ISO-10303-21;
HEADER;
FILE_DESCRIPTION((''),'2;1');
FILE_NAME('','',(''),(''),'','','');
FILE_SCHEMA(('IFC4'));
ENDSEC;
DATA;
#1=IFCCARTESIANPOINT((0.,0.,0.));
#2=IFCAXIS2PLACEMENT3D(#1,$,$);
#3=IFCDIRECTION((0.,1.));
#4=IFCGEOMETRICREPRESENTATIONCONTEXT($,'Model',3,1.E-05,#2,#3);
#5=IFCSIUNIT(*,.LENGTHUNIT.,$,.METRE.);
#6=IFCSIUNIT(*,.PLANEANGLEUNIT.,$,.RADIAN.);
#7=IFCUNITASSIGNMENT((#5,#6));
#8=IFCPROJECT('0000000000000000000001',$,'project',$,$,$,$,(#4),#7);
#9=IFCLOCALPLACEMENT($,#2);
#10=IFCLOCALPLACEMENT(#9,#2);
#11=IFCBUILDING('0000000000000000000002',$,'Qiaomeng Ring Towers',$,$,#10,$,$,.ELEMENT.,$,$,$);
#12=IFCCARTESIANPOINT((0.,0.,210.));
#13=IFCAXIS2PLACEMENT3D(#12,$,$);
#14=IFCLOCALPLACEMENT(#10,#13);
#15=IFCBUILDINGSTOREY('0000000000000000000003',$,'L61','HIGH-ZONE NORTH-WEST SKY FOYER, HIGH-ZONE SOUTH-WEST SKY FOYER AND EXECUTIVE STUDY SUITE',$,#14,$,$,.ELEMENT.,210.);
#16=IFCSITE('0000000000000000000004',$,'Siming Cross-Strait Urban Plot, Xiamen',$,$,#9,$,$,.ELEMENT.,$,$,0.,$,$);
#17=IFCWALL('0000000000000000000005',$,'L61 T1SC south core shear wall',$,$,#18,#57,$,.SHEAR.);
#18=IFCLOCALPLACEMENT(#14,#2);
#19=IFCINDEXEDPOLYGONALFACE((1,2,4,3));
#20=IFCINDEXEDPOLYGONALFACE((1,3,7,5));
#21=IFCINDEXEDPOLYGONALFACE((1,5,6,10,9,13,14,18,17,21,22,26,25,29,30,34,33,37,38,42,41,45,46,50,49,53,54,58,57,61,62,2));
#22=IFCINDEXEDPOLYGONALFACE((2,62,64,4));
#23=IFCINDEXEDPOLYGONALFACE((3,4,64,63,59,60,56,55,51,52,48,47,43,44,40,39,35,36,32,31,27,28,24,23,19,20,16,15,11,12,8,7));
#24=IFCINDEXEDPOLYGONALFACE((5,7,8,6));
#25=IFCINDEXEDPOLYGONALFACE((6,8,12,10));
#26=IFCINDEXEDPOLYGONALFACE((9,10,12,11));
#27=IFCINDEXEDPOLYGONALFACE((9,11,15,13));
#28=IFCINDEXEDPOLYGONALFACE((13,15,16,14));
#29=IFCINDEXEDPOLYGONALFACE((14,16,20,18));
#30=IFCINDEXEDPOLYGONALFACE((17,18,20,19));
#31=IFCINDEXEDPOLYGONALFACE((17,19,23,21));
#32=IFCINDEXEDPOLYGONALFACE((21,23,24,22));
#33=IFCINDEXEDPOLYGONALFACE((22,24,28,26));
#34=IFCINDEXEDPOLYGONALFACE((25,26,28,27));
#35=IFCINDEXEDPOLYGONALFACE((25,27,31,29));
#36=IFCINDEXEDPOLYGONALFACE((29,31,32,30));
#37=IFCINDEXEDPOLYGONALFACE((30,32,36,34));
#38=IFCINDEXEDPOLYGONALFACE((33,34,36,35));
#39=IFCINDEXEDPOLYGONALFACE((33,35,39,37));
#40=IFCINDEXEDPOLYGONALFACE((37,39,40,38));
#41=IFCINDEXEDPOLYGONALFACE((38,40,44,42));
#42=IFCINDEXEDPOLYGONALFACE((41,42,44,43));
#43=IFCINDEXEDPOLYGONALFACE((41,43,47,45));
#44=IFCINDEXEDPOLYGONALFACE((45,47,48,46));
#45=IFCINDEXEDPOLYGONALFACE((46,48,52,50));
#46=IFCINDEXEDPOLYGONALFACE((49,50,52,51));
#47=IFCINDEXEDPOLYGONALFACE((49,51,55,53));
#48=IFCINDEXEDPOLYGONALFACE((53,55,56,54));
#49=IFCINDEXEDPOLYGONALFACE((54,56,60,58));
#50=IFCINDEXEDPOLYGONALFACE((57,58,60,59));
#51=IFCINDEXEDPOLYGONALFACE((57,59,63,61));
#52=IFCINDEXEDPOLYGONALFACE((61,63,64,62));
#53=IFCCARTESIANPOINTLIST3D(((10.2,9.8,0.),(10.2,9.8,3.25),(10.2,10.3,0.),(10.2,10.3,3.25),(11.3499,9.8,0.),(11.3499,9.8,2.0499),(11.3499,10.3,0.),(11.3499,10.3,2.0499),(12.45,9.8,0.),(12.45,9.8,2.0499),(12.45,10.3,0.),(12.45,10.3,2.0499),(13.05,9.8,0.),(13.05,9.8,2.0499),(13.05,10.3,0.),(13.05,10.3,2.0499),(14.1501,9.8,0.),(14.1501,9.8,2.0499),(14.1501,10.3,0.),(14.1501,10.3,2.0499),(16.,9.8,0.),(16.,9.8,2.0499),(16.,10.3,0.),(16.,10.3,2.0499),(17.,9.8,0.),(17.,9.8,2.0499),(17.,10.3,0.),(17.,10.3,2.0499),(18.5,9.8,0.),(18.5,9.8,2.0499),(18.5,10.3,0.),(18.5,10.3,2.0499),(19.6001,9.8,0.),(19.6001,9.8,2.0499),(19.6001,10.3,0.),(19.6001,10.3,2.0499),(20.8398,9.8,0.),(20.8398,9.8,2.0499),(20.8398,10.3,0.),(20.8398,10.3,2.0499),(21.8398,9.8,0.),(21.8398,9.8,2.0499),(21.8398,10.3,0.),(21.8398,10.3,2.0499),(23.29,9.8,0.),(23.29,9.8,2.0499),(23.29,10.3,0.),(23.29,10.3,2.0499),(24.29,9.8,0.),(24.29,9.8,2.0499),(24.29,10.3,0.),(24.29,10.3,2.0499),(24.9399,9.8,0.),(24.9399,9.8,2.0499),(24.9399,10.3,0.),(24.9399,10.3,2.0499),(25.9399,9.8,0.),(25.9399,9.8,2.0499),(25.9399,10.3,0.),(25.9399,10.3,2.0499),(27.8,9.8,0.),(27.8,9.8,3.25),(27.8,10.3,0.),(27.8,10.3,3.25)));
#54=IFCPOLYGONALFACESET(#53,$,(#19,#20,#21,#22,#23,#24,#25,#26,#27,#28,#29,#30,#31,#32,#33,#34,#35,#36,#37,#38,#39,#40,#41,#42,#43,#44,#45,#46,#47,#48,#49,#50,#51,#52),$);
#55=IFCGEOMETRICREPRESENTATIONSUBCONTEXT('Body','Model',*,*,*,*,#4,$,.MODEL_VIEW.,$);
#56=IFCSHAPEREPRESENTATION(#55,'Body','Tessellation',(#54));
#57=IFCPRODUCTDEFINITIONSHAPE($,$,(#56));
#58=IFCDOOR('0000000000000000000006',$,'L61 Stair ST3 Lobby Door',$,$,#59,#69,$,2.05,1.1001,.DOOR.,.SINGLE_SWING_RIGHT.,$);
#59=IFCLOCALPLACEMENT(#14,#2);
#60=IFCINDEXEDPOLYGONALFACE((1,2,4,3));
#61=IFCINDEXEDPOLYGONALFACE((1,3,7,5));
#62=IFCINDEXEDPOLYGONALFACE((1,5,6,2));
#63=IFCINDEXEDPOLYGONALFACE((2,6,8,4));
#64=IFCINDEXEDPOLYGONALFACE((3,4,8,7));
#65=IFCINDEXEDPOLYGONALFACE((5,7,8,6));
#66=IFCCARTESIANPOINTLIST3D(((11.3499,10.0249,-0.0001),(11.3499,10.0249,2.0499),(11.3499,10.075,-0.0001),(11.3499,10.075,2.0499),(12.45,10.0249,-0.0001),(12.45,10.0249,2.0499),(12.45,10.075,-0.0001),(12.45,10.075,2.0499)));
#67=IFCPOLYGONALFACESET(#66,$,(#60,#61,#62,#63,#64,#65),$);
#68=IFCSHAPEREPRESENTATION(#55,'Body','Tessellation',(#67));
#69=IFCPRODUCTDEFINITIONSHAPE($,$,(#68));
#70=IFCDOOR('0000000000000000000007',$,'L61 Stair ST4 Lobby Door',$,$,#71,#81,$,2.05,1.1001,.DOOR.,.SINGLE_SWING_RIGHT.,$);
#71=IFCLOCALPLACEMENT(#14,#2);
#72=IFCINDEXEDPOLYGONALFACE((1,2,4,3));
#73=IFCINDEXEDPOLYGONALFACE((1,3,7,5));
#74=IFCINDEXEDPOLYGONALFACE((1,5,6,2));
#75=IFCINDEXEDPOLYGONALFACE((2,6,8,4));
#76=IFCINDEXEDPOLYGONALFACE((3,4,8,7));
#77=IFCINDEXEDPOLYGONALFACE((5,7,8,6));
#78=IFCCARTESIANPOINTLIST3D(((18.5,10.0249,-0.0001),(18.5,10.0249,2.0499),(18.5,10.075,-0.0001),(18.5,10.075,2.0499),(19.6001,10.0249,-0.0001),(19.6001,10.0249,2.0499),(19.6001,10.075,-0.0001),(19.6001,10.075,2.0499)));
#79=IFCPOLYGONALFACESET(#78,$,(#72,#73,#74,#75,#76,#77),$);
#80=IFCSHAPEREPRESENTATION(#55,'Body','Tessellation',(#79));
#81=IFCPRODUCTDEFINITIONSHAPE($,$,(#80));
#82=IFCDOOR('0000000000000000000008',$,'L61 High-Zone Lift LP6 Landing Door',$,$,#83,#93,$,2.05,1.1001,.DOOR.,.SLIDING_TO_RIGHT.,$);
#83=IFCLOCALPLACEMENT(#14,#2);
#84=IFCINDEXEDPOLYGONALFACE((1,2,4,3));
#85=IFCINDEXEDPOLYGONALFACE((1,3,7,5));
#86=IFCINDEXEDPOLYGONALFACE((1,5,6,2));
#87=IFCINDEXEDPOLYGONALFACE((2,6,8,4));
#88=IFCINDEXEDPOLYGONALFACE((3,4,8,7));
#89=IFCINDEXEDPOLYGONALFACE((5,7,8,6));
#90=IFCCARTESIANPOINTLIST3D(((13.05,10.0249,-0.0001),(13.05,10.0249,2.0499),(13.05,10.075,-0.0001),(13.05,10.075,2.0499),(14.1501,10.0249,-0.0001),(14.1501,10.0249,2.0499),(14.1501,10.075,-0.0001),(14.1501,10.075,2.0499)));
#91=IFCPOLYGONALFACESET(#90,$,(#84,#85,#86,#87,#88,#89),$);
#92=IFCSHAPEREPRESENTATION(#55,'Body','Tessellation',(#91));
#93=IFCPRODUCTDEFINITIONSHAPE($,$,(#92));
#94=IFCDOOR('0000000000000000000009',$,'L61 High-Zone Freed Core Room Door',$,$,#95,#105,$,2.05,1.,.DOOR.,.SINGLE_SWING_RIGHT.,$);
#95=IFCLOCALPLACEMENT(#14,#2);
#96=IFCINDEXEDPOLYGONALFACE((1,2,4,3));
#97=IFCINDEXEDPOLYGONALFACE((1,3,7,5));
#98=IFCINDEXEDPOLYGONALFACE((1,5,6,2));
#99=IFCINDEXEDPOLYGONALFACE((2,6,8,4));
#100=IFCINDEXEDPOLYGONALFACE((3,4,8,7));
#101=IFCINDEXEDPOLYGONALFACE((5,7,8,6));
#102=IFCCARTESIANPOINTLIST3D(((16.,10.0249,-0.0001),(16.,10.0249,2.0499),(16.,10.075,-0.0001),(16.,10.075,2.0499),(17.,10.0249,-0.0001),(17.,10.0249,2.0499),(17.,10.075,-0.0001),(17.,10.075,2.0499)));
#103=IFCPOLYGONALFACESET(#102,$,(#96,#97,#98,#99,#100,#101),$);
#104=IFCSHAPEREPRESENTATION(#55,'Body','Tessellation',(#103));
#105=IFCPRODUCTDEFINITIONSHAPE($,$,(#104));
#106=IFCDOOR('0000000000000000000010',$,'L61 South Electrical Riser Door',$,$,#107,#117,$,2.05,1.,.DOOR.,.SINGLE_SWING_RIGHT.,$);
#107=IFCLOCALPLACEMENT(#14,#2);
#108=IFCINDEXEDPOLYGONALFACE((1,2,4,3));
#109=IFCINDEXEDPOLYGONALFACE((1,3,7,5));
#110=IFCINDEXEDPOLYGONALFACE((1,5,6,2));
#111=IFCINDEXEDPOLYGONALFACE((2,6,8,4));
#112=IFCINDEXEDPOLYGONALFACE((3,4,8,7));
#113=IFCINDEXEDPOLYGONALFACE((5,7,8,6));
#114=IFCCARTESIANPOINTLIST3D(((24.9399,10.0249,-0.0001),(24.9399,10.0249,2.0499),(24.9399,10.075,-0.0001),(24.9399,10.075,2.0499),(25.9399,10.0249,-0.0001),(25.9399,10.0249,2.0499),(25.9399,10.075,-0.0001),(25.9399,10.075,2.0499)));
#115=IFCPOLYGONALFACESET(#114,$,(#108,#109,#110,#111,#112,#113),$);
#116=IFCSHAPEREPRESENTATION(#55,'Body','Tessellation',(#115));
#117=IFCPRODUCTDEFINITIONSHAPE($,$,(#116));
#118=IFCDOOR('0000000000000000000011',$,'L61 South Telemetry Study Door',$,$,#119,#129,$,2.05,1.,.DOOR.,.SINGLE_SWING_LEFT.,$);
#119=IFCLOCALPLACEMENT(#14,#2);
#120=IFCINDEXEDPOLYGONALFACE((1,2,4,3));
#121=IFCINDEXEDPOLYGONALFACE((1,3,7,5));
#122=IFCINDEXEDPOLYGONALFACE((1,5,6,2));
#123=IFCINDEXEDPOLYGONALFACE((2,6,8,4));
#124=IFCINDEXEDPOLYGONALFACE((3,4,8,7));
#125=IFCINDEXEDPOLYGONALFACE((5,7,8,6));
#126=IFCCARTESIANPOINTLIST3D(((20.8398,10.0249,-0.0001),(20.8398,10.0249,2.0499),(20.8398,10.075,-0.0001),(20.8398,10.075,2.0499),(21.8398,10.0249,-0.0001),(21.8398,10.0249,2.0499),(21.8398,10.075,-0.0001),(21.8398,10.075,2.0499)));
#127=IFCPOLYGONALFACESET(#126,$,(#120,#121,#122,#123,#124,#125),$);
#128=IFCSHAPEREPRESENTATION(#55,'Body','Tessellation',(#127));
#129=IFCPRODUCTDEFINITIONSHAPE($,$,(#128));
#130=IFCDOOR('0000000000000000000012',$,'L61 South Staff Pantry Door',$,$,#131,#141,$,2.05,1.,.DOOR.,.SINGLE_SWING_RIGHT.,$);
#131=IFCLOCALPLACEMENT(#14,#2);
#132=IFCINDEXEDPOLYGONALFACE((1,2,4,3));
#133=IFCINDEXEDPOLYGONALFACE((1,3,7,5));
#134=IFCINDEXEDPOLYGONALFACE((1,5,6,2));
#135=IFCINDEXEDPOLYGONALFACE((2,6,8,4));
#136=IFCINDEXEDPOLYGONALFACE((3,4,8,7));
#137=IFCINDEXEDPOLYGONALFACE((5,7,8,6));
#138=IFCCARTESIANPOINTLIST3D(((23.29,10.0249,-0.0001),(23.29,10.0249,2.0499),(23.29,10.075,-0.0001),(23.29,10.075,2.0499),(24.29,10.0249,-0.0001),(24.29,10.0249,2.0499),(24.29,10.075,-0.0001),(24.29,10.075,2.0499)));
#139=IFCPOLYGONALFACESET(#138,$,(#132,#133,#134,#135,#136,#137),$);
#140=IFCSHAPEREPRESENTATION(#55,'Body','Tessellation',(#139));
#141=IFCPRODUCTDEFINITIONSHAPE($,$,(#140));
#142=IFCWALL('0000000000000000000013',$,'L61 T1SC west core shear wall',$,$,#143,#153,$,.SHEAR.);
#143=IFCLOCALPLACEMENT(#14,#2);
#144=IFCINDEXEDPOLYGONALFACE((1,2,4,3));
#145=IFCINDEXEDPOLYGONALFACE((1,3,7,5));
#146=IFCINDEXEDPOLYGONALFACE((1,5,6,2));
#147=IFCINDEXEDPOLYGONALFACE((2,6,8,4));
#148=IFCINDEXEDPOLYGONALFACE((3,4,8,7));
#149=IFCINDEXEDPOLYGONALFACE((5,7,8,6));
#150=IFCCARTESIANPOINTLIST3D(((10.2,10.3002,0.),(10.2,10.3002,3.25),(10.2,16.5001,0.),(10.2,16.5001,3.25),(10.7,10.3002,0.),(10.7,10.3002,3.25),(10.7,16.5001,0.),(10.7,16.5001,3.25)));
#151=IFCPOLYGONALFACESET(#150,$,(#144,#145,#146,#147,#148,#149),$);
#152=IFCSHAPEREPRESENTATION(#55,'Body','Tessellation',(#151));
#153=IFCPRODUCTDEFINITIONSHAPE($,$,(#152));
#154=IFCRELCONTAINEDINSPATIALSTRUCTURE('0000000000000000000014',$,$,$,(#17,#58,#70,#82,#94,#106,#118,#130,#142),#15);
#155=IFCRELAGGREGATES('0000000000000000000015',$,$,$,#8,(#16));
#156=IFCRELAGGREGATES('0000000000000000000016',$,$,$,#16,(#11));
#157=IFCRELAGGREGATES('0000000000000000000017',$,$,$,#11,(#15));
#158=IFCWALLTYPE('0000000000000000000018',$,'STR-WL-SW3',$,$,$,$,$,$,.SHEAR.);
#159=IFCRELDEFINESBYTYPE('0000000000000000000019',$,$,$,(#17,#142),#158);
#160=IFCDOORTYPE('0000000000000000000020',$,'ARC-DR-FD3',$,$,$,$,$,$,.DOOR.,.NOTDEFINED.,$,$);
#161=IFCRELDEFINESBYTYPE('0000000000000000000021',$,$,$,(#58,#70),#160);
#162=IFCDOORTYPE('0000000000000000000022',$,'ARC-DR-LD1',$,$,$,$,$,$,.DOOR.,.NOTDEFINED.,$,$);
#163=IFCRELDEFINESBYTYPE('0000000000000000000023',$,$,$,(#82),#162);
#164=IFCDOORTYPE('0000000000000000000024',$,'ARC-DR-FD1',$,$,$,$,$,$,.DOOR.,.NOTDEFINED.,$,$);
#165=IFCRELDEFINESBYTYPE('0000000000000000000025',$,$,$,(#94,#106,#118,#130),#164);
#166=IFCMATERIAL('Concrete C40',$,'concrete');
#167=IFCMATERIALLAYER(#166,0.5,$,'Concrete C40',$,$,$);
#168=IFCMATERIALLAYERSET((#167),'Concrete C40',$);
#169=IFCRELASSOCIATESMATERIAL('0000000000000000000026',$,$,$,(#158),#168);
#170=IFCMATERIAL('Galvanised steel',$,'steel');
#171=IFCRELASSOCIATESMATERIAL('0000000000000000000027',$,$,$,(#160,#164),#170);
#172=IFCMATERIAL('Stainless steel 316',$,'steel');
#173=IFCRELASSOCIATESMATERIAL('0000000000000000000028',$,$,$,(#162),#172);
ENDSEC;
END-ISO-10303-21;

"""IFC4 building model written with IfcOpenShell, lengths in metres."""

from ifc_helpers import new_model, si_unit, direction, frame, frame_2d, origin, place, context, subcontext, project, spatial, rectangle, extrude, source, transform, mapped, material, layer, layer_set, type_object, element, fill, save


model = new_model("IFC4")

# Units and contexts
model_context = context("Model", 3, precision=1e-05, world=origin(), true_north=direction((0.0, 1.0)))
body_context = subcontext(model_context, "Body", "Model", "MODEL_VIEW")
ifc_project = project(units=[si_unit("LENGTHUNIT", "METRE"), si_unit("PLANEANGLEUNIT", "RADIAN")], contexts=[model_context])

# Site, building, storey
site_placement = place(None, origin())
site = spatial("IfcSite", under=ifc_project, at=site_placement, Name="Siming Cross-Strait Urban Plot, Xiamen", CompositionType="ELEMENT", RefElevation=0.0)
building_placement = place(site_placement, origin())
building = spatial("IfcBuilding", under=site, at=building_placement, Name="Qiaomeng Ring Towers", CompositionType="ELEMENT")
storey_placement = place(building_placement, frame((0.0, 0.0, 210.0)))
storey = spatial("IfcBuildingStorey", under=building, at=storey_placement, Name="L61", Description="HIGH-ZONE NORTH-WEST SKY FOYER, HIGH-ZONE SOUTH-WEST SKY FOYER AND EXECUTIVE STUDY SUITE", CompositionType="ELEMENT", Elevation=210.0)

# Shared definitions
shared_shape_1 = source(origin(), body_context, "Body", "SweptSolid", [
    extrude(rectangle(XDim=1.0, YDim=2.05, at=frame_2d((0.5, 1.0249))), frame((0.0, 0.0249, 0.0), z_axis=(0.0, -1.0, 0.0), x_axis=(1.0, 0.0, 0.0)), (0.0, 0.0, 1.0), 0.05),
])

# Shared definitions
ifc_material_1 = material(Name="Concrete C40", Category="concrete")

# Wall, openings, doors
ifc_layer_1 = layer(ifc_material_1, 0.5, Name="Concrete C40")
ifc_layer_set_1 = layer_set([ifc_layer_1], Name="Concrete C40")
wall_type_1 = type_object("IfcWallType", Name="STR-WL-SW3", PredefinedType="SHEAR", material=ifc_layer_set_1)
wall_1_placement = place(storey_placement, frame((10.2, 10.05, 0.0), z_axis=(0.0, 0.0, 1.0), x_axis=(1.0, 0.0, 0.0)))
wall_1 = element("IfcWall", 1, at=wall_1_placement, inside=storey, type_object=wall_type_1, Name="L61 T1SC south core shear wall", PredefinedType="SHEAR", context=body_context, shape_type="SweptSolid", body=[
    extrude(rectangle(XDim=17.6001, YDim=0.5, at=frame_2d((8.8, 0.0))), origin(), (0.0, 0.0, 1.0), 3.25),
])
opening_1_placement = place(wall_1_placement, frame((1.1499, 0.0, 0.0)))
opening_1 = element("IfcOpeningElement", 2, at=opening_1_placement, cuts=wall_1, PredefinedType="OPENING", context=body_context, shape_type="SweptSolid", body=[
    extrude(rectangle(XDim=1.1001, YDim=2.05, at=frame_2d((0.55, 1.0249))), frame((0.0, 0.26, 0.0), z_axis=(0.0, -1.0, 0.0), x_axis=(1.0, 0.0, 0.0)), (0.0, 0.0, 1.0), 0.52),
])
opening_2_placement = place(wall_1_placement, frame((8.3, 0.0, 0.0)))
opening_2 = element("IfcOpeningElement", 3, at=opening_2_placement, cuts=wall_1, PredefinedType="OPENING", context=body_context, shape_type="SweptSolid", body=[
    extrude(rectangle(XDim=1.1001, YDim=2.05, at=frame_2d((0.55, 1.0249))), frame((0.0, 0.26, 0.0), z_axis=(0.0, -1.0, 0.0), x_axis=(1.0, 0.0, 0.0)), (0.0, 0.0, 1.0), 0.52),
])
opening_3_placement = place(wall_1_placement, frame((2.8501, 0.0, 0.0)))
opening_3 = element("IfcOpeningElement", 4, at=opening_3_placement, cuts=wall_1, PredefinedType="OPENING", context=body_context, shape_type="SweptSolid", body=[
    extrude(rectangle(XDim=1.1001, YDim=2.05, at=frame_2d((0.55, 1.0249))), frame((0.0, 0.26, 0.0), z_axis=(0.0, -1.0, 0.0), x_axis=(1.0, 0.0, 0.0)), (0.0, 0.0, 1.0), 0.52),
])
opening_4_placement = place(wall_1_placement, frame((5.8, 0.0, 0.0)))
opening_4 = element("IfcOpeningElement", 5, at=opening_4_placement, cuts=wall_1, PredefinedType="OPENING", context=body_context, shape_type="SweptSolid", body=[
    extrude(rectangle(XDim=1.0, YDim=2.05, at=frame_2d((0.5, 1.0249))), frame((0.0, 0.26, 0.0), z_axis=(0.0, -1.0, 0.0), x_axis=(1.0, 0.0, 0.0)), (0.0, 0.0, 1.0), 0.52),
])
opening_5_placement = place(wall_1_placement, frame((14.74, 0.0, 0.0)))
opening_5 = element("IfcOpeningElement", 6, at=opening_5_placement, cuts=wall_1, PredefinedType="OPENING", context=body_context, shape_type="SweptSolid", body=[
    extrude(rectangle(XDim=1.0, YDim=2.05, at=frame_2d((0.5, 1.0249))), frame((0.0, 0.26, 0.0), z_axis=(0.0, -1.0, 0.0), x_axis=(1.0, 0.0, 0.0)), (0.0, 0.0, 1.0), 0.52),
])
opening_6_placement = place(wall_1_placement, frame((10.6399, 0.0, 0.0)))
opening_6 = element("IfcOpeningElement", 7, at=opening_6_placement, cuts=wall_1, PredefinedType="OPENING", context=body_context, shape_type="SweptSolid", body=[
    extrude(rectangle(XDim=1.0, YDim=2.05, at=frame_2d((0.5, 1.0249))), frame((0.0, 0.26, 0.0), z_axis=(0.0, -1.0, 0.0), x_axis=(1.0, 0.0, 0.0)), (0.0, 0.0, 1.0), 0.52),
])
opening_7_placement = place(wall_1_placement, frame((13.0901, 0.0, 0.0)))
opening_7 = element("IfcOpeningElement", 8, at=opening_7_placement, cuts=wall_1, PredefinedType="OPENING", context=body_context, shape_type="SweptSolid", body=[
    extrude(rectangle(XDim=1.0, YDim=2.05, at=frame_2d((0.5, 1.0249))), frame((0.0, 0.26, 0.0), z_axis=(0.0, -1.0, 0.0), x_axis=(1.0, 0.0, 0.0)), (0.0, 0.0, 1.0), 0.52),
])
ifc_material_2 = material(Name="Galvanised steel", Category="steel")
door_type_1 = type_object("IfcDoorType", Name="ARC-DR-FD3", OperationType="NOTDEFINED", PredefinedType="DOOR", material=ifc_material_2)
shared_shape_2 = source(origin(), body_context, "Body", "SweptSolid", [
    extrude(rectangle(XDim=1.1001, YDim=2.05, at=frame_2d((0.55, 1.0249))), frame((0.0, 0.0249, 0.0), z_axis=(0.0, -1.0, 0.0), x_axis=(1.0, 0.0, 0.0)), (0.0, 0.0, 1.0), 0.05),
])
door_1_placement = place(opening_1_placement, origin())
door_1 = element("IfcDoor", 9, at=door_1_placement, inside=storey, type_object=door_type_1, Name="L61 Stair ST3 Lobby Door", OperationType="SINGLE_SWING_RIGHT", OverallHeight=2.05, OverallWidth=1.1001, PredefinedType="DOOR", context=body_context, shape_type="MappedRepresentation", body=[
    mapped(shared_shape_2, transform((0.0, 0.0, 0.0), x_axis=(1.0, 0.0, 0.0), y_axis=(0.0, 1.0, 0.0), z_axis=(0.0, 0.0, 1.0), scale=1.0)),
])
fill(opening_1, door_1)
door_2_placement = place(opening_2_placement, origin())
door_2 = element("IfcDoor", 10, at=door_2_placement, inside=storey, type_object=door_type_1, Name="L61 Stair ST4 Lobby Door", OperationType="SINGLE_SWING_RIGHT", OverallHeight=2.05, OverallWidth=1.1001, PredefinedType="DOOR", context=body_context, shape_type="MappedRepresentation", body=[
    mapped(shared_shape_2, transform((0.0, 0.0, 0.0), x_axis=(1.0, 0.0, 0.0), y_axis=(0.0, 1.0, 0.0), z_axis=(0.0, 0.0, 1.0), scale=1.0)),
])
fill(opening_2, door_2)
ifc_material_3 = material(Name="Stainless steel 316", Category="steel")
door_type_2 = type_object("IfcDoorType", Name="ARC-DR-LD1", OperationType="NOTDEFINED", PredefinedType="DOOR", material=ifc_material_3)
door_3_placement = place(opening_3_placement, origin())
door_3 = element("IfcDoor", 11, at=door_3_placement, inside=storey, type_object=door_type_2, Name="L61 High-Zone Lift LP6 Landing Door", OperationType="SLIDING_TO_RIGHT", OverallHeight=2.05, OverallWidth=1.1001, PredefinedType="DOOR", context=body_context, shape_type="MappedRepresentation", body=[
    mapped(shared_shape_2, transform((0.0, 0.0, 0.0), x_axis=(1.0, 0.0, 0.0), y_axis=(0.0, 1.0, 0.0), z_axis=(0.0, 0.0, 1.0), scale=1.0)),
])
fill(opening_3, door_3)
door_type_3 = type_object("IfcDoorType", Name="ARC-DR-FD1", OperationType="NOTDEFINED", PredefinedType="DOOR", material=ifc_material_2)
door_4_placement = place(opening_4_placement, origin())
door_4 = element("IfcDoor", 12, at=door_4_placement, inside=storey, type_object=door_type_3, Name="L61 High-Zone Freed Core Room Door", OperationType="SINGLE_SWING_RIGHT", OverallHeight=2.05, OverallWidth=1.0, PredefinedType="DOOR", context=body_context, shape_type="MappedRepresentation", body=[
    mapped(shared_shape_1, transform((0.0, 0.0, 0.0), x_axis=(1.0, 0.0, 0.0), y_axis=(0.0, 1.0, 0.0), z_axis=(0.0, 0.0, 1.0), scale=1.0)),
])
fill(opening_4, door_4)
door_5_placement = place(opening_5_placement, origin())
door_5 = element("IfcDoor", 13, at=door_5_placement, inside=storey, type_object=door_type_3, Name="L61 South Electrical Riser Door", OperationType="SINGLE_SWING_RIGHT", OverallHeight=2.05, OverallWidth=1.0, PredefinedType="DOOR", context=body_context, shape_type="MappedRepresentation", body=[
    mapped(shared_shape_1, transform((0.0, 0.0, 0.0), x_axis=(1.0, 0.0, 0.0), y_axis=(0.0, 1.0, 0.0), z_axis=(0.0, 0.0, 1.0), scale=1.0)),
])
fill(opening_5, door_5)
door_6_placement = place(opening_6_placement, origin())
door_6 = element("IfcDoor", 14, at=door_6_placement, inside=storey, type_object=door_type_3, Name="L61 South Telemetry Study Door", OperationType="SINGLE_SWING_LEFT", OverallHeight=2.05, OverallWidth=1.0, PredefinedType="DOOR", context=body_context, shape_type="MappedRepresentation", body=[
    mapped(shared_shape_1, transform((0.0, 0.0, 0.0), x_axis=(1.0, 0.0, 0.0), y_axis=(0.0, 1.0, 0.0), z_axis=(0.0, 0.0, 1.0), scale=1.0)),
])
fill(opening_6, door_6)
door_7_placement = place(opening_7_placement, origin())
door_7 = element("IfcDoor", 15, at=door_7_placement, inside=storey, type_object=door_type_3, Name="L61 South Staff Pantry Door", OperationType="SINGLE_SWING_RIGHT", OverallHeight=2.05, OverallWidth=1.0, PredefinedType="DOOR", context=body_context, shape_type="MappedRepresentation", body=[
    mapped(shared_shape_1, transform((0.0, 0.0, 0.0), x_axis=(1.0, 0.0, 0.0), y_axis=(0.0, 1.0, 0.0), z_axis=(0.0, 0.0, 1.0), scale=1.0)),
])
fill(opening_7, door_7)

# Wall
wall_2_placement = place(storey_placement, frame((10.45, 10.3, 0.0), z_axis=(0.0, 0.0, 1.0), x_axis=(0.0, 1.0, 0.0)))
element("IfcWall", 16, at=wall_2_placement, inside=storey, type_object=wall_type_1, Name="L61 T1SC west core shear wall", PredefinedType="SHEAR", context=body_context, shape_type="SweptSolid", body=[
    extrude(rectangle(XDim=6.2, YDim=0.5, at=frame_2d((3.1001, 0.0))), origin(), (0.0, 0.0, 1.0), 3.25),
])

save(model, "model.ifc")
